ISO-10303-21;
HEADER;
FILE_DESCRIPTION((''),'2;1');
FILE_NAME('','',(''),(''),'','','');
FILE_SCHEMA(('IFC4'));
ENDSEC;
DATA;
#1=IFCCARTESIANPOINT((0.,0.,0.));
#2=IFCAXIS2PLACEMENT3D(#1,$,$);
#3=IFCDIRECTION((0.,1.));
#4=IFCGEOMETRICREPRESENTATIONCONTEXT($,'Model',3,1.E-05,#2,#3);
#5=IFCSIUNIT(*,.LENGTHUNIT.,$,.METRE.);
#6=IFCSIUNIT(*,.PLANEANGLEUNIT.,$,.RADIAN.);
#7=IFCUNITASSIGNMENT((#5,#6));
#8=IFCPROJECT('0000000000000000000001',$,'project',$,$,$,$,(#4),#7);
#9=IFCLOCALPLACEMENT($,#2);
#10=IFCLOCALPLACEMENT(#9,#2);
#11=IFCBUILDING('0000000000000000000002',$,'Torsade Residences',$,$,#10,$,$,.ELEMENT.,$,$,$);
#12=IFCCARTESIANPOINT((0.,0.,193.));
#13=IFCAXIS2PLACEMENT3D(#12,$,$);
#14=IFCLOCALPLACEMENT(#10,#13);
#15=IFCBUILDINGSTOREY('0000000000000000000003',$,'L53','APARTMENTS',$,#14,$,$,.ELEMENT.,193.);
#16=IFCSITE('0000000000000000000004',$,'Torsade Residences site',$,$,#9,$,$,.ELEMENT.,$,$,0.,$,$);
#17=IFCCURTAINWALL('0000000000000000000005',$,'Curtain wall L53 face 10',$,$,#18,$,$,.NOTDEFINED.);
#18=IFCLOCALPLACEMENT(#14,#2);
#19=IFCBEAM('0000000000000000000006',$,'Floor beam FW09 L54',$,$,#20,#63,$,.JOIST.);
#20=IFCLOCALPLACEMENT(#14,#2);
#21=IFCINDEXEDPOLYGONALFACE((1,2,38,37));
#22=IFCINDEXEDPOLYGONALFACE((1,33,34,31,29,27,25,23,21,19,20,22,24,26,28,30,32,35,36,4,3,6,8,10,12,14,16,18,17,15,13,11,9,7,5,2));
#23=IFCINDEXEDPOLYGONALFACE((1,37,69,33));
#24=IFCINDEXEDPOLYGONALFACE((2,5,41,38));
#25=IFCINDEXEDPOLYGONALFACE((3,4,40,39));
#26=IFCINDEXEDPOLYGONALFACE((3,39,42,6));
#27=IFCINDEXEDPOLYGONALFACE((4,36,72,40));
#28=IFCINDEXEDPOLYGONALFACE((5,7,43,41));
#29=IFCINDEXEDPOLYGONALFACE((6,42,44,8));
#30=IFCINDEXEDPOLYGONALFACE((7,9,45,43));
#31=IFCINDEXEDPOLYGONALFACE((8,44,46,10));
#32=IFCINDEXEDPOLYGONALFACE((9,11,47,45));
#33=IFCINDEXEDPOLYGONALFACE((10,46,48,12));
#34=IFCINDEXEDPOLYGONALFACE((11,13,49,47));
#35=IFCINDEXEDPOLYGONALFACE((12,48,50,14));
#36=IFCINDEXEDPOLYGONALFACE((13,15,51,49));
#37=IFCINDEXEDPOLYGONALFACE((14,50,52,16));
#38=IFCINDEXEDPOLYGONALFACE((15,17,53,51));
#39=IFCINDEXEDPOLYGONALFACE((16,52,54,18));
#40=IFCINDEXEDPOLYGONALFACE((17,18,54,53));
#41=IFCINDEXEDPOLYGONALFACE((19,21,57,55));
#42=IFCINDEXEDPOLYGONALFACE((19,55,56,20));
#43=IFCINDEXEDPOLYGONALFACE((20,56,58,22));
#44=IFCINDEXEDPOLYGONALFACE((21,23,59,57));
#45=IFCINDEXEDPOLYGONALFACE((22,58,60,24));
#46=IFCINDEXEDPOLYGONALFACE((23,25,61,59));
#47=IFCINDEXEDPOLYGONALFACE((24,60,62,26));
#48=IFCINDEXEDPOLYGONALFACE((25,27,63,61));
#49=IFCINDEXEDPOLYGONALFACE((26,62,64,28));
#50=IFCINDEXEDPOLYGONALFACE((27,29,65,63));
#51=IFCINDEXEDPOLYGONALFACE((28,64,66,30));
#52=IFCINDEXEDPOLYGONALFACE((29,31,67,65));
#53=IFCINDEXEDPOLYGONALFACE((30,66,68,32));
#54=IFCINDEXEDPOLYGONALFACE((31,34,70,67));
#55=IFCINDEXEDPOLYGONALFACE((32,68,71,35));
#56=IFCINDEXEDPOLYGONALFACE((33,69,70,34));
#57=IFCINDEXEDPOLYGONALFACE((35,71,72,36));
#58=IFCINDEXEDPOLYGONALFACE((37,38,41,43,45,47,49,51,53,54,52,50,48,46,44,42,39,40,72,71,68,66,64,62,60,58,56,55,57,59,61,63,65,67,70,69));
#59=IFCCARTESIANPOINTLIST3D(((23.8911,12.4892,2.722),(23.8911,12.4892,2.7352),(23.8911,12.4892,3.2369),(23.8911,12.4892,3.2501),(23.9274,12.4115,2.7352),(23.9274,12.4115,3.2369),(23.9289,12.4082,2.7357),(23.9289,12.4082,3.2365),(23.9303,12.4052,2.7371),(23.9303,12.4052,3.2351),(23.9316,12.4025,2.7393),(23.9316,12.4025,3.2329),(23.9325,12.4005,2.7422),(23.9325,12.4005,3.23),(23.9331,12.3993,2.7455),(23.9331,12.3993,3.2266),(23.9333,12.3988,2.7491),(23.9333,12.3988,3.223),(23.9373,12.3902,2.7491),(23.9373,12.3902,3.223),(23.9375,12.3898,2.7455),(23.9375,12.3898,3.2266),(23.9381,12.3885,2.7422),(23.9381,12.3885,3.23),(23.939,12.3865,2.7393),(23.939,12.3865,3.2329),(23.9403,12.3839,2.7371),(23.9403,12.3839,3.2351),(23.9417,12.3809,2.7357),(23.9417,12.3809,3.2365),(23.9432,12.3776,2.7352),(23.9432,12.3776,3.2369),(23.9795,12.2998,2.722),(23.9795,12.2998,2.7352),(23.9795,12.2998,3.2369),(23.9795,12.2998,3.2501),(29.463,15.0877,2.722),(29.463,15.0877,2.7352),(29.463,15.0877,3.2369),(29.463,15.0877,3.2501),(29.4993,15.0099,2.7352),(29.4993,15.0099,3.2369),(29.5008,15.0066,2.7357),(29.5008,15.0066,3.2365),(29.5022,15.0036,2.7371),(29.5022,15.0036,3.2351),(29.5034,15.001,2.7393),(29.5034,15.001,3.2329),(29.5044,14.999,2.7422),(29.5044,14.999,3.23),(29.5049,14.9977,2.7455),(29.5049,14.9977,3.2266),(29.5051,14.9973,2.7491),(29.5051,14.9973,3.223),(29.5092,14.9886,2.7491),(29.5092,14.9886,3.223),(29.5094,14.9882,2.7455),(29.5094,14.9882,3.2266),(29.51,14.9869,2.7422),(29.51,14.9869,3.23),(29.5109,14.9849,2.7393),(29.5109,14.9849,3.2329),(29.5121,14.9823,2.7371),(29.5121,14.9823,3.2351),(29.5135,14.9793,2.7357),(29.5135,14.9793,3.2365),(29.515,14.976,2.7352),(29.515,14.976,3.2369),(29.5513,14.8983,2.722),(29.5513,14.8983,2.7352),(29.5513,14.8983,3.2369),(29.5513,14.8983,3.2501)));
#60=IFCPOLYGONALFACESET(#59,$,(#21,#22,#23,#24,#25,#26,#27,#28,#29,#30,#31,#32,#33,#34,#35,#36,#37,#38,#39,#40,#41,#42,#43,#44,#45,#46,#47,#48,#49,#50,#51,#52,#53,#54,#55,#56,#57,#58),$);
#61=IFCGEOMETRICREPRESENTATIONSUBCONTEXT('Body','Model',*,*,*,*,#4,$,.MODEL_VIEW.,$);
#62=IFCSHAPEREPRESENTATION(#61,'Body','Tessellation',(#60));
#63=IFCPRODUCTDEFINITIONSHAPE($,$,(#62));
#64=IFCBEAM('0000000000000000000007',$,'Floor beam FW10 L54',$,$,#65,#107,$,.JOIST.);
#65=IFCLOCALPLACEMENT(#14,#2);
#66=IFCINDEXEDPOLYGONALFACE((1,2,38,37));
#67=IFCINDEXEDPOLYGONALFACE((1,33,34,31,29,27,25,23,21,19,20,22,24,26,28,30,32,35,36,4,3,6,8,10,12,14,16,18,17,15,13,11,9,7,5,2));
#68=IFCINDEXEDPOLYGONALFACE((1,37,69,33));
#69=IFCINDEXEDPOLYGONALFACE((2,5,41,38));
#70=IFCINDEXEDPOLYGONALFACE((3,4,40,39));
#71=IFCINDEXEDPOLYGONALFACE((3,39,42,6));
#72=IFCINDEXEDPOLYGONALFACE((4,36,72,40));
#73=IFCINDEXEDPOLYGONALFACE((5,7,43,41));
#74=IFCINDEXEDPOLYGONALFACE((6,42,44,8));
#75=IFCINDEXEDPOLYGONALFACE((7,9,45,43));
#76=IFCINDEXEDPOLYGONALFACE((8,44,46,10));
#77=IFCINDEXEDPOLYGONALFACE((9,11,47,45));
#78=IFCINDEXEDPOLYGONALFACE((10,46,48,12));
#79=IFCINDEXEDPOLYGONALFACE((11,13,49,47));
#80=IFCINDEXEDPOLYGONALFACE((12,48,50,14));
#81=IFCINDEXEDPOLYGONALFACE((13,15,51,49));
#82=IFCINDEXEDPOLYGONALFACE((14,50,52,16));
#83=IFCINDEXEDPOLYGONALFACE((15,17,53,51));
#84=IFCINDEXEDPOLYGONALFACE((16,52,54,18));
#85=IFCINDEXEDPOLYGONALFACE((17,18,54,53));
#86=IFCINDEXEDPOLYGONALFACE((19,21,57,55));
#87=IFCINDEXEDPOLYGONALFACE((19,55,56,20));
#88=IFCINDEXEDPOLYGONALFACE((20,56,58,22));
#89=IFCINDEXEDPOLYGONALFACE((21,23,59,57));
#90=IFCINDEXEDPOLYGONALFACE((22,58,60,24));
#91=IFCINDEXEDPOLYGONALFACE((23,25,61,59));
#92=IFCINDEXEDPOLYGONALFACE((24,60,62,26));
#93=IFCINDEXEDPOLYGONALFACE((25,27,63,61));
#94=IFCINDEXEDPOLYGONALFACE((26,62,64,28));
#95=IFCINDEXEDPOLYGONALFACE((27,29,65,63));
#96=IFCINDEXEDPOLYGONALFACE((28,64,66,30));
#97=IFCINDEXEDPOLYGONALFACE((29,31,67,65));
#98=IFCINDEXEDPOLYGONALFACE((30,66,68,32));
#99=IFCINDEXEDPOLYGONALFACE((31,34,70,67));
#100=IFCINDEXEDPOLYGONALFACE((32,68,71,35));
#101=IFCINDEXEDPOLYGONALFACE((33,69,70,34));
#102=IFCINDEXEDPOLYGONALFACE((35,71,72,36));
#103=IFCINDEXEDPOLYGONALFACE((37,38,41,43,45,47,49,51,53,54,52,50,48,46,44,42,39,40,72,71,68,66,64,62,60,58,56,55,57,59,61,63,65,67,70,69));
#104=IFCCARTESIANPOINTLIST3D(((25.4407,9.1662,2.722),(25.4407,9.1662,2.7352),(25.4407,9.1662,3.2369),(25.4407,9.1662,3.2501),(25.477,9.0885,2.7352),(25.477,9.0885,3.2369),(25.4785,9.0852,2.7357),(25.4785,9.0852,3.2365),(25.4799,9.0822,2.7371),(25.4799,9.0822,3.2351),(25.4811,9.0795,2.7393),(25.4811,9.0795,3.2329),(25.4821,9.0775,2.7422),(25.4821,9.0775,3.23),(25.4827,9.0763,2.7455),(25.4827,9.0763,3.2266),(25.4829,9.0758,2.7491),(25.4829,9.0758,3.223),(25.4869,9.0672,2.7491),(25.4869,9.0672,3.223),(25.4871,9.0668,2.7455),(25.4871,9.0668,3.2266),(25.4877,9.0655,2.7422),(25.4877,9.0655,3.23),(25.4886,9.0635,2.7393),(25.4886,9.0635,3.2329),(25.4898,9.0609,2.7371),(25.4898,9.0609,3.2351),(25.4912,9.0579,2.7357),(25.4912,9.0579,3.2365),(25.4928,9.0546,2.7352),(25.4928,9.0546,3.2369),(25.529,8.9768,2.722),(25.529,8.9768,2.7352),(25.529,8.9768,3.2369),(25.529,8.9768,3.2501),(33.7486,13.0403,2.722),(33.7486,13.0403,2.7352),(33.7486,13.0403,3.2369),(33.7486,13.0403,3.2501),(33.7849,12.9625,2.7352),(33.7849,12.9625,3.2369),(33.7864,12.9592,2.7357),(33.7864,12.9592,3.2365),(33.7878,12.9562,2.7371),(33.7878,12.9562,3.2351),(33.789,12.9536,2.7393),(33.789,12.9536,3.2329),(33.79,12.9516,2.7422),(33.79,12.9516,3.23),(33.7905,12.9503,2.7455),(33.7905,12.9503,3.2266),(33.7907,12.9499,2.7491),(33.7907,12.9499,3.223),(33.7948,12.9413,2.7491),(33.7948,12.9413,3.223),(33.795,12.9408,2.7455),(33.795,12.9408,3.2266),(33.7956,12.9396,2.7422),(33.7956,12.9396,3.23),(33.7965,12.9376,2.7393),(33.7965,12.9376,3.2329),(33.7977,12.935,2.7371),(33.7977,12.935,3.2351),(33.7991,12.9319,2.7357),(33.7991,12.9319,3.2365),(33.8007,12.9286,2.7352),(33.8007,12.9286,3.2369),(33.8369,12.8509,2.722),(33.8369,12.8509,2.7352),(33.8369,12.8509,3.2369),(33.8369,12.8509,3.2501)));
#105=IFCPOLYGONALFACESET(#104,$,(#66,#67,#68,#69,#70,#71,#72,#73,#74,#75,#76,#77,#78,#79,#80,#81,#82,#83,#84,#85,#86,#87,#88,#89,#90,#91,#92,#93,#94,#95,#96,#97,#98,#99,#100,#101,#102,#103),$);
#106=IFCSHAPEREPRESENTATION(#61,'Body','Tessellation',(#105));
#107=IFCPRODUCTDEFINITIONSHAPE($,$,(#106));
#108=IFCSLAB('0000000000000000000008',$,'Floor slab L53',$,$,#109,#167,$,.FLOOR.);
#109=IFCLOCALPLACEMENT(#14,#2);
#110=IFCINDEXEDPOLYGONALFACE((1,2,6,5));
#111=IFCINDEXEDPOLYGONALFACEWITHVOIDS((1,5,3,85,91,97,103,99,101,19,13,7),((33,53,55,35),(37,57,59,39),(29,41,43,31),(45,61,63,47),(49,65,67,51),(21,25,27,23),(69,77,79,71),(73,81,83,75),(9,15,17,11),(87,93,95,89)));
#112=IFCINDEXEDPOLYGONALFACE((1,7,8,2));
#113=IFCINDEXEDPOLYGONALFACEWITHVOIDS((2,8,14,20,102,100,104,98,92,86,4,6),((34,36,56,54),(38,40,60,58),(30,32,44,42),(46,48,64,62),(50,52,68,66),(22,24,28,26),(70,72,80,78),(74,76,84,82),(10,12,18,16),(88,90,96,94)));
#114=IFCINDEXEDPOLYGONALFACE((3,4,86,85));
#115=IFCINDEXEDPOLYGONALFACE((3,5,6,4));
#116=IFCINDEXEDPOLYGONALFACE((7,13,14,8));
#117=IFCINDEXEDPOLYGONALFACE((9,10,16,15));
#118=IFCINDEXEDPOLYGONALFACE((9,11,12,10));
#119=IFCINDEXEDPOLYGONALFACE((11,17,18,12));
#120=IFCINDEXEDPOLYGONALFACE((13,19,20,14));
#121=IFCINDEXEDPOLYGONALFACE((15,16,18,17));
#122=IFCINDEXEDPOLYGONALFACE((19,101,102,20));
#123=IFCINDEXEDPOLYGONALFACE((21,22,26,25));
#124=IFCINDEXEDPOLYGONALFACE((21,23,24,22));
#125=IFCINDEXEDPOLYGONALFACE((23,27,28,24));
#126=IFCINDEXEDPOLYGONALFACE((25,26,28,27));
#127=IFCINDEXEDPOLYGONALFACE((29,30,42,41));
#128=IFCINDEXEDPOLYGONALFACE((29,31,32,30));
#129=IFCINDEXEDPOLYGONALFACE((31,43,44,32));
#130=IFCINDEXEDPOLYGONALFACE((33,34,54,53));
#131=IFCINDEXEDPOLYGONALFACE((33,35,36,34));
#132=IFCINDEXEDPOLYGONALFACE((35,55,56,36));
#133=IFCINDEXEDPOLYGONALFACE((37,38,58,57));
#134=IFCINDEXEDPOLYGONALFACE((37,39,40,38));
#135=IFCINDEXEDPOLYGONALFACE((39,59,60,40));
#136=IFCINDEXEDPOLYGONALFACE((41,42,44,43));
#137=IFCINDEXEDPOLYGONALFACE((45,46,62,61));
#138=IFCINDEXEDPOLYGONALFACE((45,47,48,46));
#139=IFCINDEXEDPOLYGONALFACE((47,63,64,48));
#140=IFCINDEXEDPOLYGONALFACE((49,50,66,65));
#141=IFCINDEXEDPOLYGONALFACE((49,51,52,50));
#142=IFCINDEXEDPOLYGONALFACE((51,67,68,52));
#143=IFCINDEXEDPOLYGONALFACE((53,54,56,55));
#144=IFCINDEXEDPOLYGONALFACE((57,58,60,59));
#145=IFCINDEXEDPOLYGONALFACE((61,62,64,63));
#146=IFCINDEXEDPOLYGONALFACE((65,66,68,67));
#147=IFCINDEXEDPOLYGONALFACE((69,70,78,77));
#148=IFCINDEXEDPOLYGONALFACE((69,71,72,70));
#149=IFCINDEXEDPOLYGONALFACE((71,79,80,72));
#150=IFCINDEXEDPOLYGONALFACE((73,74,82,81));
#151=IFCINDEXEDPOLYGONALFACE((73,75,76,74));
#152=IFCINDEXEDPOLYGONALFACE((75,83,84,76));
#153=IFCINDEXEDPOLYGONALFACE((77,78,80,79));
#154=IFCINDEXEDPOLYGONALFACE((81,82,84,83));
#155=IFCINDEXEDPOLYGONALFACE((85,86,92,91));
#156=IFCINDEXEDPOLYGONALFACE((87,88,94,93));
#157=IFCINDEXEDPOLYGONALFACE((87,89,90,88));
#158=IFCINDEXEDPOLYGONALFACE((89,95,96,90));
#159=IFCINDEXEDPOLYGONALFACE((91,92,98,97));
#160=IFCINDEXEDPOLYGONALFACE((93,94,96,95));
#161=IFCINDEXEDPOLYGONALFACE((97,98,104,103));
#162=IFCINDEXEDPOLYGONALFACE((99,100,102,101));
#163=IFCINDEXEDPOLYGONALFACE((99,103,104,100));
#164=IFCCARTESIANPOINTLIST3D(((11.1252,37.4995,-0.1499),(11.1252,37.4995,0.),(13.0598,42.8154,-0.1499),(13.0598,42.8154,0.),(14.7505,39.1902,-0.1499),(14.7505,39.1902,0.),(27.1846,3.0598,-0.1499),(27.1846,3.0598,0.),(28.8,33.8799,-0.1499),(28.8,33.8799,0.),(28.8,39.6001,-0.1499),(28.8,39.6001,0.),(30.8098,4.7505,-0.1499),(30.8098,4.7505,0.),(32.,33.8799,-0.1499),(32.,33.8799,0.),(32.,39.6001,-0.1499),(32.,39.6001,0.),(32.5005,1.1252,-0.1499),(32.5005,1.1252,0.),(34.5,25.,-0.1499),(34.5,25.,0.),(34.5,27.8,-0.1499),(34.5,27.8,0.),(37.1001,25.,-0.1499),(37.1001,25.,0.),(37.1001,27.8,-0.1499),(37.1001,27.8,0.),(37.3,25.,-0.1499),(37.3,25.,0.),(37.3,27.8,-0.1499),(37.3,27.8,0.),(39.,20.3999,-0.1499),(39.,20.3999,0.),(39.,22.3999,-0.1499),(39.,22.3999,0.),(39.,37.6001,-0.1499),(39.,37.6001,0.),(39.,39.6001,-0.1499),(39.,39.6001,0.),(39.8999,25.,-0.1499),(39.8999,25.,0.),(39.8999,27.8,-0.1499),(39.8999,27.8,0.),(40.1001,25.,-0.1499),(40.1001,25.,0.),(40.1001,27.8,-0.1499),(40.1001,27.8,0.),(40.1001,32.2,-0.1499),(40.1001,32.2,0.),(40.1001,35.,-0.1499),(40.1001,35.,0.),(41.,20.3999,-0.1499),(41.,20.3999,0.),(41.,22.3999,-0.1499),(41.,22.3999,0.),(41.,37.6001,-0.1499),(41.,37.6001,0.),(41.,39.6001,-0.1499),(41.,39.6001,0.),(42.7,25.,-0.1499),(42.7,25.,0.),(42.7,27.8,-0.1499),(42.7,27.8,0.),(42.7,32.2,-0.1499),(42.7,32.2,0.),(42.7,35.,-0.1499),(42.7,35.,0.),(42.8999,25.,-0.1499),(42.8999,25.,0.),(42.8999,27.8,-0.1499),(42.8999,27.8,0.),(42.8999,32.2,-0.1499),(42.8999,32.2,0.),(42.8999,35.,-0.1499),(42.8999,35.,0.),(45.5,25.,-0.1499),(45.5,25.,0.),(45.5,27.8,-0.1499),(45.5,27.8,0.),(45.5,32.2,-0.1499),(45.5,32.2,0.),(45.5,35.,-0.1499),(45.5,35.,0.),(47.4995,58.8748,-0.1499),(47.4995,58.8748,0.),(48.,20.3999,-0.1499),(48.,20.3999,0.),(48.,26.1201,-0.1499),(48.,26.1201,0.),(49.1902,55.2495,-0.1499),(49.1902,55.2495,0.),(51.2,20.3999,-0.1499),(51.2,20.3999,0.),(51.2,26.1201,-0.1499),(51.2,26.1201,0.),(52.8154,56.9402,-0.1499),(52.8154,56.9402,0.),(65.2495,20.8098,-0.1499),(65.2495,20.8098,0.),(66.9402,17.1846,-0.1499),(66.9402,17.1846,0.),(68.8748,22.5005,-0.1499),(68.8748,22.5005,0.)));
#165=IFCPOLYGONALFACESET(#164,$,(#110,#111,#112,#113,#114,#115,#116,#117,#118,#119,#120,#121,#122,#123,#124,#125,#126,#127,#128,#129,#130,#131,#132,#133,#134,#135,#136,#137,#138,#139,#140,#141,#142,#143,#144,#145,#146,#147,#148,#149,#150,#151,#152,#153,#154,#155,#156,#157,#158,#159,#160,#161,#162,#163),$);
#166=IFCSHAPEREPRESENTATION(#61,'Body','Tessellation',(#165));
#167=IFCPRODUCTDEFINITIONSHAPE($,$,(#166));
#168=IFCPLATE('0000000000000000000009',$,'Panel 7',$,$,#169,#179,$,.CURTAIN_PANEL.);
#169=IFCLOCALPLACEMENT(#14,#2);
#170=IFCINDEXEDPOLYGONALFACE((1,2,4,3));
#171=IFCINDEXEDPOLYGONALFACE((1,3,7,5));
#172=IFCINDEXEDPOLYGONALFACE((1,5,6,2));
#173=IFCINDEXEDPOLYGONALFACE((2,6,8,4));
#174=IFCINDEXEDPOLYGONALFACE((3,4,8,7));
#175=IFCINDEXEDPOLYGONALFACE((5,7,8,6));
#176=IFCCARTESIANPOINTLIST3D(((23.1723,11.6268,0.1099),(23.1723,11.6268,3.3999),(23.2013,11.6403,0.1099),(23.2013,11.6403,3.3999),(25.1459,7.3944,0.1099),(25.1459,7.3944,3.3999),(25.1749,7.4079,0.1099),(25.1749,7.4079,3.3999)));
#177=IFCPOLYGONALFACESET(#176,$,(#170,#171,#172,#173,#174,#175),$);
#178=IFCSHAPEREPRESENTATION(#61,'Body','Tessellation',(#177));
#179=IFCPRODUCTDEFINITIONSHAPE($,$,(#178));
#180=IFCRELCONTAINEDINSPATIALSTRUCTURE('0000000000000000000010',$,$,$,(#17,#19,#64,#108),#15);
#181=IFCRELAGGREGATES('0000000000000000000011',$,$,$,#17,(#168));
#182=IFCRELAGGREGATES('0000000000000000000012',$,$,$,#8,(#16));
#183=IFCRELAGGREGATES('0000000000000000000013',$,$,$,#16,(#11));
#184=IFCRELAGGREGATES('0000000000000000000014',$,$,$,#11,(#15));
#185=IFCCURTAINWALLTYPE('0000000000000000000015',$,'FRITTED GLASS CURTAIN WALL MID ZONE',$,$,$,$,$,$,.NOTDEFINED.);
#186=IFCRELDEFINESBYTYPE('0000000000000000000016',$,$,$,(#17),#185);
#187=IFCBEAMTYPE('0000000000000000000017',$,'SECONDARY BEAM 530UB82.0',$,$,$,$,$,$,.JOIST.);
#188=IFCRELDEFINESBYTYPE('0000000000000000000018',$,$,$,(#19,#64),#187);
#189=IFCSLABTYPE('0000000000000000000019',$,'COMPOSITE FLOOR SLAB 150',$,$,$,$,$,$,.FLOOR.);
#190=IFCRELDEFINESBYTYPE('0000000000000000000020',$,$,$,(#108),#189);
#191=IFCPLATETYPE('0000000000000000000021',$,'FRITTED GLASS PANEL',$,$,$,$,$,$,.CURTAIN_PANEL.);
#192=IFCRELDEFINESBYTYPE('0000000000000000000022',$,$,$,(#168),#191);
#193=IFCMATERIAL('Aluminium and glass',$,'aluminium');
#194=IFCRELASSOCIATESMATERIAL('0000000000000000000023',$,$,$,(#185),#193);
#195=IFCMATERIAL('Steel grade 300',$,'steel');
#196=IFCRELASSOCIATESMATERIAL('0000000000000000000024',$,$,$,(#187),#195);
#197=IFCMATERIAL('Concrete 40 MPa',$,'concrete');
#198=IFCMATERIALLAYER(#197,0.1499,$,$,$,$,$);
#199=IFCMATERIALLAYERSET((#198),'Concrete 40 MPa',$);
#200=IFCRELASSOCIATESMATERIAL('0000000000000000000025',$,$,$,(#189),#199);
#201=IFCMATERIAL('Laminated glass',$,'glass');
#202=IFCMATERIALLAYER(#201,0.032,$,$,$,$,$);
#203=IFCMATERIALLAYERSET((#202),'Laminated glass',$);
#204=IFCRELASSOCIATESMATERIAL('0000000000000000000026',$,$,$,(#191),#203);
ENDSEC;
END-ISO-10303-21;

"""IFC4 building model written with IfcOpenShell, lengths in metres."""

from ifc_helpers import new_model, si_unit, direction, frame, origin, origin_2d, place, context, subcontext, project, spatial, polyline, rectangle, i_section, outline, extrude, material, layer, layer_set, material_profile, profile_set, type_object, element, aggregate, save


model = new_model("IFC4")

# Units and contexts
model_context = context("Model", 3, precision=1e-05, world=origin(), true_north=direction((0.0, 1.0)))
body_context = subcontext(model_context, "Body", "Model", "MODEL_VIEW")
ifc_project = project(units=[si_unit("LENGTHUNIT", "METRE"), si_unit("PLANEANGLEUNIT", "RADIAN")], contexts=[model_context])

# Site, building, storey
site_placement = place(None, origin())
site = spatial("IfcSite", under=ifc_project, at=site_placement, Name="Torsade Residences site", CompositionType="ELEMENT", RefElevation=0.0)
building_placement = place(site_placement, origin())
building = spatial("IfcBuilding", under=site, at=building_placement, Name="Torsade Residences", CompositionType="ELEMENT")
storey_placement = place(building_placement, frame((0.0, 0.0, 193.0)))
storey = spatial("IfcBuildingStorey", under=building, at=storey_placement, Name="L53", Description="APARTMENTS", CompositionType="ELEMENT", Elevation=193.0)

# Curtain wall
ifc_material_1 = material(Name="Aluminium and glass", Category="aluminium")
curtain_wall_type = type_object("IfcCurtainWallType", Name="FRITTED GLASS CURTAIN WALL MID ZONE", PredefinedType="NOTDEFINED", material=ifc_material_1)
curtain_wall_placement = place(storey_placement, origin())
curtain_wall = element("IfcCurtainWall", 1, at=curtain_wall_placement, inside=storey, type_object=curtain_wall_type, Name="Curtain wall L53 face 10", PredefinedType="NOTDEFINED")

# Beams
ifc_material_2 = material(Name="Steel grade 300", Category="steel")
ifc_material_profile_1 = material_profile(ifc_material_2, i_section(OverallWidth=0.209, OverallDepth=0.5281, WebThickness=0.0095, FlangeThickness=0.0132, FilletRadius=0.0139, at=origin_2d()), Name="530UB82.0")
ifc_profile_set_1 = profile_set([ifc_material_profile_1], Name="Steel grade 300")
beam_type_1 = type_object("IfcBeamType", Name="SECONDARY BEAM 530UB82.0", PredefinedType="JOIST", material=ifc_profile_set_1)
beam_1_placement = place(storey_placement, frame((23.9353, 12.3945, 2.9861), z_axis=(0.906294, 0.422648, 0.0), x_axis=(-0.422648, 0.906294, 0.0)))
element("IfcBeam", 2, at=beam_1_placement, inside=storey, type_object=beam_type_1, Name="Floor beam FW09 L54", PredefinedType="JOIST", context=body_context, shape_type="SweptSolid", body=[
    extrude(i_section(OverallWidth=0.209, OverallDepth=0.5281, WebThickness=0.0095, FlangeThickness=0.0132, FilletRadius=0.0139, at=origin_2d()), origin(), (0.0, 0.0, 1.0), 6.1479),
])
beam_2_placement = place(storey_placement, frame((25.4849, 9.0715, 2.9861), z_axis=(0.906308, 0.422619, 0.0), x_axis=(-0.422619, 0.906308, 0.0)))
element("IfcBeam", 3, at=beam_2_placement, inside=storey, type_object=beam_type_1, Name="Floor beam FW10 L54", PredefinedType="JOIST", context=body_context, shape_type="SweptSolid", body=[
    extrude(i_section(OverallWidth=0.209, OverallDepth=0.5281, WebThickness=0.0095, FlangeThickness=0.0132, FilletRadius=0.0139, at=origin_2d()), origin(), (0.0, 0.0, 1.0), 9.1667),
])

# Slab
ifc_material_3 = material(Name="Concrete 40 MPa", Category="concrete")
ifc_layer_1 = layer(ifc_material_3, 0.1499)
ifc_layer_set_1 = layer_set([ifc_layer_1], Name="Concrete 40 MPa")
slab_type_1 = type_object("IfcSlabType", Name="COMPOSITE FLOOR SLAB 150", PredefinedType="FLOOR", material=ifc_layer_set_1)
slab_1_placement = place(storey_placement, frame((0.0, 0.0, -0.1499)))
element("IfcSlab", 4, at=slab_1_placement, inside=storey, type_object=slab_type_1, Name="Floor slab L53", PredefinedType="FLOOR", context=body_context, shape_type="SweptSolid", body=[
    extrude(outline(polyline([(32.5005, 1.1252), (66.9402, 17.1846), (65.2495, 20.8098), (68.8748, 22.5005), (52.8154, 56.9402), (49.1902, 55.2495), (47.4995, 58.8748), (13.0598, 42.8154), (14.7505, 39.1902), (11.1252, 37.4995), (27.1846, 3.0598), (30.8098, 4.7505), (32.5005, 1.1252)]), holes=[polyline([(51.2, 26.1201), (48.0, 26.1201), (48.0, 20.3999), (51.2, 20.3999), (51.2, 26.1201)]), polyline([(45.5, 27.8), (42.8999, 27.8), (42.8999, 25.0), (45.5, 25.0), (45.5, 27.8)]), polyline([(45.5, 35.0), (42.8999, 35.0), (42.8999, 32.2), (45.5, 32.2), (45.5, 35.0)]), polyline([(42.7, 25.0), (42.7, 27.8), (40.1001, 27.8), (40.1001, 25.0), (42.7, 25.0)]), polyline([(42.7, 35.0), (40.1001, 35.0), (40.1001, 32.2), (42.7, 32.2), (42.7, 35.0)]), polyline([(41.0, 22.3999), (39.0, 22.3999), (39.0, 20.3999), (41.0, 20.3999), (41.0, 22.3999)]), polyline([(41.0, 37.6001), (41.0, 39.6001), (39.0, 39.6001), (39.0, 37.6001), (41.0, 37.6001)]), polyline([(39.8999, 25.0), (39.8999, 27.8), (37.3, 27.8), (37.3, 25.0), (39.8999, 25.0)]), polyline([(37.1001, 27.8), (34.5, 27.8), (34.5, 25.0), (37.1001, 25.0), (37.1001, 27.8)]), polyline([(32.0, 33.8799), (32.0, 39.6001), (28.8, 39.6001), (28.8, 33.8799), (32.0, 33.8799)])]), origin(), (0.0, 0.0, 1.0), 0.1499),
])

# Plate
ifc_material_4 = material(Name="Laminated glass", Category="glass")
ifc_layer_2 = layer(ifc_material_4, 0.032)
ifc_layer_set_2 = layer_set([ifc_layer_2], Name="Laminated glass")
plate_type_1 = type_object("IfcPlateType", Name="FRITTED GLASS PANEL", PredefinedType="CURTAIN_PANEL", material=ifc_layer_set_2)
plate_1_placement = place(storey_placement, frame((24.1736, 9.5173, 0.1099), z_axis=(0.0, 0.0, 1.0), x_axis=(0.422618, -0.906308, 0.0)))
plate_1 = element("IfcPlate", 5, at=plate_1_placement, type_object=plate_type_1, Name="Panel 7", PredefinedType="CURTAIN_PANEL", context=body_context, shape_type="SweptSolid", body=[
    extrude(rectangle(XDim=4.6699, YDim=0.032, at=origin_2d()), origin(), (0.0, 0.0, 1.0), 3.29),
])
aggregate(curtain_wall, [plate_1])

save(model, "model.ifc")
